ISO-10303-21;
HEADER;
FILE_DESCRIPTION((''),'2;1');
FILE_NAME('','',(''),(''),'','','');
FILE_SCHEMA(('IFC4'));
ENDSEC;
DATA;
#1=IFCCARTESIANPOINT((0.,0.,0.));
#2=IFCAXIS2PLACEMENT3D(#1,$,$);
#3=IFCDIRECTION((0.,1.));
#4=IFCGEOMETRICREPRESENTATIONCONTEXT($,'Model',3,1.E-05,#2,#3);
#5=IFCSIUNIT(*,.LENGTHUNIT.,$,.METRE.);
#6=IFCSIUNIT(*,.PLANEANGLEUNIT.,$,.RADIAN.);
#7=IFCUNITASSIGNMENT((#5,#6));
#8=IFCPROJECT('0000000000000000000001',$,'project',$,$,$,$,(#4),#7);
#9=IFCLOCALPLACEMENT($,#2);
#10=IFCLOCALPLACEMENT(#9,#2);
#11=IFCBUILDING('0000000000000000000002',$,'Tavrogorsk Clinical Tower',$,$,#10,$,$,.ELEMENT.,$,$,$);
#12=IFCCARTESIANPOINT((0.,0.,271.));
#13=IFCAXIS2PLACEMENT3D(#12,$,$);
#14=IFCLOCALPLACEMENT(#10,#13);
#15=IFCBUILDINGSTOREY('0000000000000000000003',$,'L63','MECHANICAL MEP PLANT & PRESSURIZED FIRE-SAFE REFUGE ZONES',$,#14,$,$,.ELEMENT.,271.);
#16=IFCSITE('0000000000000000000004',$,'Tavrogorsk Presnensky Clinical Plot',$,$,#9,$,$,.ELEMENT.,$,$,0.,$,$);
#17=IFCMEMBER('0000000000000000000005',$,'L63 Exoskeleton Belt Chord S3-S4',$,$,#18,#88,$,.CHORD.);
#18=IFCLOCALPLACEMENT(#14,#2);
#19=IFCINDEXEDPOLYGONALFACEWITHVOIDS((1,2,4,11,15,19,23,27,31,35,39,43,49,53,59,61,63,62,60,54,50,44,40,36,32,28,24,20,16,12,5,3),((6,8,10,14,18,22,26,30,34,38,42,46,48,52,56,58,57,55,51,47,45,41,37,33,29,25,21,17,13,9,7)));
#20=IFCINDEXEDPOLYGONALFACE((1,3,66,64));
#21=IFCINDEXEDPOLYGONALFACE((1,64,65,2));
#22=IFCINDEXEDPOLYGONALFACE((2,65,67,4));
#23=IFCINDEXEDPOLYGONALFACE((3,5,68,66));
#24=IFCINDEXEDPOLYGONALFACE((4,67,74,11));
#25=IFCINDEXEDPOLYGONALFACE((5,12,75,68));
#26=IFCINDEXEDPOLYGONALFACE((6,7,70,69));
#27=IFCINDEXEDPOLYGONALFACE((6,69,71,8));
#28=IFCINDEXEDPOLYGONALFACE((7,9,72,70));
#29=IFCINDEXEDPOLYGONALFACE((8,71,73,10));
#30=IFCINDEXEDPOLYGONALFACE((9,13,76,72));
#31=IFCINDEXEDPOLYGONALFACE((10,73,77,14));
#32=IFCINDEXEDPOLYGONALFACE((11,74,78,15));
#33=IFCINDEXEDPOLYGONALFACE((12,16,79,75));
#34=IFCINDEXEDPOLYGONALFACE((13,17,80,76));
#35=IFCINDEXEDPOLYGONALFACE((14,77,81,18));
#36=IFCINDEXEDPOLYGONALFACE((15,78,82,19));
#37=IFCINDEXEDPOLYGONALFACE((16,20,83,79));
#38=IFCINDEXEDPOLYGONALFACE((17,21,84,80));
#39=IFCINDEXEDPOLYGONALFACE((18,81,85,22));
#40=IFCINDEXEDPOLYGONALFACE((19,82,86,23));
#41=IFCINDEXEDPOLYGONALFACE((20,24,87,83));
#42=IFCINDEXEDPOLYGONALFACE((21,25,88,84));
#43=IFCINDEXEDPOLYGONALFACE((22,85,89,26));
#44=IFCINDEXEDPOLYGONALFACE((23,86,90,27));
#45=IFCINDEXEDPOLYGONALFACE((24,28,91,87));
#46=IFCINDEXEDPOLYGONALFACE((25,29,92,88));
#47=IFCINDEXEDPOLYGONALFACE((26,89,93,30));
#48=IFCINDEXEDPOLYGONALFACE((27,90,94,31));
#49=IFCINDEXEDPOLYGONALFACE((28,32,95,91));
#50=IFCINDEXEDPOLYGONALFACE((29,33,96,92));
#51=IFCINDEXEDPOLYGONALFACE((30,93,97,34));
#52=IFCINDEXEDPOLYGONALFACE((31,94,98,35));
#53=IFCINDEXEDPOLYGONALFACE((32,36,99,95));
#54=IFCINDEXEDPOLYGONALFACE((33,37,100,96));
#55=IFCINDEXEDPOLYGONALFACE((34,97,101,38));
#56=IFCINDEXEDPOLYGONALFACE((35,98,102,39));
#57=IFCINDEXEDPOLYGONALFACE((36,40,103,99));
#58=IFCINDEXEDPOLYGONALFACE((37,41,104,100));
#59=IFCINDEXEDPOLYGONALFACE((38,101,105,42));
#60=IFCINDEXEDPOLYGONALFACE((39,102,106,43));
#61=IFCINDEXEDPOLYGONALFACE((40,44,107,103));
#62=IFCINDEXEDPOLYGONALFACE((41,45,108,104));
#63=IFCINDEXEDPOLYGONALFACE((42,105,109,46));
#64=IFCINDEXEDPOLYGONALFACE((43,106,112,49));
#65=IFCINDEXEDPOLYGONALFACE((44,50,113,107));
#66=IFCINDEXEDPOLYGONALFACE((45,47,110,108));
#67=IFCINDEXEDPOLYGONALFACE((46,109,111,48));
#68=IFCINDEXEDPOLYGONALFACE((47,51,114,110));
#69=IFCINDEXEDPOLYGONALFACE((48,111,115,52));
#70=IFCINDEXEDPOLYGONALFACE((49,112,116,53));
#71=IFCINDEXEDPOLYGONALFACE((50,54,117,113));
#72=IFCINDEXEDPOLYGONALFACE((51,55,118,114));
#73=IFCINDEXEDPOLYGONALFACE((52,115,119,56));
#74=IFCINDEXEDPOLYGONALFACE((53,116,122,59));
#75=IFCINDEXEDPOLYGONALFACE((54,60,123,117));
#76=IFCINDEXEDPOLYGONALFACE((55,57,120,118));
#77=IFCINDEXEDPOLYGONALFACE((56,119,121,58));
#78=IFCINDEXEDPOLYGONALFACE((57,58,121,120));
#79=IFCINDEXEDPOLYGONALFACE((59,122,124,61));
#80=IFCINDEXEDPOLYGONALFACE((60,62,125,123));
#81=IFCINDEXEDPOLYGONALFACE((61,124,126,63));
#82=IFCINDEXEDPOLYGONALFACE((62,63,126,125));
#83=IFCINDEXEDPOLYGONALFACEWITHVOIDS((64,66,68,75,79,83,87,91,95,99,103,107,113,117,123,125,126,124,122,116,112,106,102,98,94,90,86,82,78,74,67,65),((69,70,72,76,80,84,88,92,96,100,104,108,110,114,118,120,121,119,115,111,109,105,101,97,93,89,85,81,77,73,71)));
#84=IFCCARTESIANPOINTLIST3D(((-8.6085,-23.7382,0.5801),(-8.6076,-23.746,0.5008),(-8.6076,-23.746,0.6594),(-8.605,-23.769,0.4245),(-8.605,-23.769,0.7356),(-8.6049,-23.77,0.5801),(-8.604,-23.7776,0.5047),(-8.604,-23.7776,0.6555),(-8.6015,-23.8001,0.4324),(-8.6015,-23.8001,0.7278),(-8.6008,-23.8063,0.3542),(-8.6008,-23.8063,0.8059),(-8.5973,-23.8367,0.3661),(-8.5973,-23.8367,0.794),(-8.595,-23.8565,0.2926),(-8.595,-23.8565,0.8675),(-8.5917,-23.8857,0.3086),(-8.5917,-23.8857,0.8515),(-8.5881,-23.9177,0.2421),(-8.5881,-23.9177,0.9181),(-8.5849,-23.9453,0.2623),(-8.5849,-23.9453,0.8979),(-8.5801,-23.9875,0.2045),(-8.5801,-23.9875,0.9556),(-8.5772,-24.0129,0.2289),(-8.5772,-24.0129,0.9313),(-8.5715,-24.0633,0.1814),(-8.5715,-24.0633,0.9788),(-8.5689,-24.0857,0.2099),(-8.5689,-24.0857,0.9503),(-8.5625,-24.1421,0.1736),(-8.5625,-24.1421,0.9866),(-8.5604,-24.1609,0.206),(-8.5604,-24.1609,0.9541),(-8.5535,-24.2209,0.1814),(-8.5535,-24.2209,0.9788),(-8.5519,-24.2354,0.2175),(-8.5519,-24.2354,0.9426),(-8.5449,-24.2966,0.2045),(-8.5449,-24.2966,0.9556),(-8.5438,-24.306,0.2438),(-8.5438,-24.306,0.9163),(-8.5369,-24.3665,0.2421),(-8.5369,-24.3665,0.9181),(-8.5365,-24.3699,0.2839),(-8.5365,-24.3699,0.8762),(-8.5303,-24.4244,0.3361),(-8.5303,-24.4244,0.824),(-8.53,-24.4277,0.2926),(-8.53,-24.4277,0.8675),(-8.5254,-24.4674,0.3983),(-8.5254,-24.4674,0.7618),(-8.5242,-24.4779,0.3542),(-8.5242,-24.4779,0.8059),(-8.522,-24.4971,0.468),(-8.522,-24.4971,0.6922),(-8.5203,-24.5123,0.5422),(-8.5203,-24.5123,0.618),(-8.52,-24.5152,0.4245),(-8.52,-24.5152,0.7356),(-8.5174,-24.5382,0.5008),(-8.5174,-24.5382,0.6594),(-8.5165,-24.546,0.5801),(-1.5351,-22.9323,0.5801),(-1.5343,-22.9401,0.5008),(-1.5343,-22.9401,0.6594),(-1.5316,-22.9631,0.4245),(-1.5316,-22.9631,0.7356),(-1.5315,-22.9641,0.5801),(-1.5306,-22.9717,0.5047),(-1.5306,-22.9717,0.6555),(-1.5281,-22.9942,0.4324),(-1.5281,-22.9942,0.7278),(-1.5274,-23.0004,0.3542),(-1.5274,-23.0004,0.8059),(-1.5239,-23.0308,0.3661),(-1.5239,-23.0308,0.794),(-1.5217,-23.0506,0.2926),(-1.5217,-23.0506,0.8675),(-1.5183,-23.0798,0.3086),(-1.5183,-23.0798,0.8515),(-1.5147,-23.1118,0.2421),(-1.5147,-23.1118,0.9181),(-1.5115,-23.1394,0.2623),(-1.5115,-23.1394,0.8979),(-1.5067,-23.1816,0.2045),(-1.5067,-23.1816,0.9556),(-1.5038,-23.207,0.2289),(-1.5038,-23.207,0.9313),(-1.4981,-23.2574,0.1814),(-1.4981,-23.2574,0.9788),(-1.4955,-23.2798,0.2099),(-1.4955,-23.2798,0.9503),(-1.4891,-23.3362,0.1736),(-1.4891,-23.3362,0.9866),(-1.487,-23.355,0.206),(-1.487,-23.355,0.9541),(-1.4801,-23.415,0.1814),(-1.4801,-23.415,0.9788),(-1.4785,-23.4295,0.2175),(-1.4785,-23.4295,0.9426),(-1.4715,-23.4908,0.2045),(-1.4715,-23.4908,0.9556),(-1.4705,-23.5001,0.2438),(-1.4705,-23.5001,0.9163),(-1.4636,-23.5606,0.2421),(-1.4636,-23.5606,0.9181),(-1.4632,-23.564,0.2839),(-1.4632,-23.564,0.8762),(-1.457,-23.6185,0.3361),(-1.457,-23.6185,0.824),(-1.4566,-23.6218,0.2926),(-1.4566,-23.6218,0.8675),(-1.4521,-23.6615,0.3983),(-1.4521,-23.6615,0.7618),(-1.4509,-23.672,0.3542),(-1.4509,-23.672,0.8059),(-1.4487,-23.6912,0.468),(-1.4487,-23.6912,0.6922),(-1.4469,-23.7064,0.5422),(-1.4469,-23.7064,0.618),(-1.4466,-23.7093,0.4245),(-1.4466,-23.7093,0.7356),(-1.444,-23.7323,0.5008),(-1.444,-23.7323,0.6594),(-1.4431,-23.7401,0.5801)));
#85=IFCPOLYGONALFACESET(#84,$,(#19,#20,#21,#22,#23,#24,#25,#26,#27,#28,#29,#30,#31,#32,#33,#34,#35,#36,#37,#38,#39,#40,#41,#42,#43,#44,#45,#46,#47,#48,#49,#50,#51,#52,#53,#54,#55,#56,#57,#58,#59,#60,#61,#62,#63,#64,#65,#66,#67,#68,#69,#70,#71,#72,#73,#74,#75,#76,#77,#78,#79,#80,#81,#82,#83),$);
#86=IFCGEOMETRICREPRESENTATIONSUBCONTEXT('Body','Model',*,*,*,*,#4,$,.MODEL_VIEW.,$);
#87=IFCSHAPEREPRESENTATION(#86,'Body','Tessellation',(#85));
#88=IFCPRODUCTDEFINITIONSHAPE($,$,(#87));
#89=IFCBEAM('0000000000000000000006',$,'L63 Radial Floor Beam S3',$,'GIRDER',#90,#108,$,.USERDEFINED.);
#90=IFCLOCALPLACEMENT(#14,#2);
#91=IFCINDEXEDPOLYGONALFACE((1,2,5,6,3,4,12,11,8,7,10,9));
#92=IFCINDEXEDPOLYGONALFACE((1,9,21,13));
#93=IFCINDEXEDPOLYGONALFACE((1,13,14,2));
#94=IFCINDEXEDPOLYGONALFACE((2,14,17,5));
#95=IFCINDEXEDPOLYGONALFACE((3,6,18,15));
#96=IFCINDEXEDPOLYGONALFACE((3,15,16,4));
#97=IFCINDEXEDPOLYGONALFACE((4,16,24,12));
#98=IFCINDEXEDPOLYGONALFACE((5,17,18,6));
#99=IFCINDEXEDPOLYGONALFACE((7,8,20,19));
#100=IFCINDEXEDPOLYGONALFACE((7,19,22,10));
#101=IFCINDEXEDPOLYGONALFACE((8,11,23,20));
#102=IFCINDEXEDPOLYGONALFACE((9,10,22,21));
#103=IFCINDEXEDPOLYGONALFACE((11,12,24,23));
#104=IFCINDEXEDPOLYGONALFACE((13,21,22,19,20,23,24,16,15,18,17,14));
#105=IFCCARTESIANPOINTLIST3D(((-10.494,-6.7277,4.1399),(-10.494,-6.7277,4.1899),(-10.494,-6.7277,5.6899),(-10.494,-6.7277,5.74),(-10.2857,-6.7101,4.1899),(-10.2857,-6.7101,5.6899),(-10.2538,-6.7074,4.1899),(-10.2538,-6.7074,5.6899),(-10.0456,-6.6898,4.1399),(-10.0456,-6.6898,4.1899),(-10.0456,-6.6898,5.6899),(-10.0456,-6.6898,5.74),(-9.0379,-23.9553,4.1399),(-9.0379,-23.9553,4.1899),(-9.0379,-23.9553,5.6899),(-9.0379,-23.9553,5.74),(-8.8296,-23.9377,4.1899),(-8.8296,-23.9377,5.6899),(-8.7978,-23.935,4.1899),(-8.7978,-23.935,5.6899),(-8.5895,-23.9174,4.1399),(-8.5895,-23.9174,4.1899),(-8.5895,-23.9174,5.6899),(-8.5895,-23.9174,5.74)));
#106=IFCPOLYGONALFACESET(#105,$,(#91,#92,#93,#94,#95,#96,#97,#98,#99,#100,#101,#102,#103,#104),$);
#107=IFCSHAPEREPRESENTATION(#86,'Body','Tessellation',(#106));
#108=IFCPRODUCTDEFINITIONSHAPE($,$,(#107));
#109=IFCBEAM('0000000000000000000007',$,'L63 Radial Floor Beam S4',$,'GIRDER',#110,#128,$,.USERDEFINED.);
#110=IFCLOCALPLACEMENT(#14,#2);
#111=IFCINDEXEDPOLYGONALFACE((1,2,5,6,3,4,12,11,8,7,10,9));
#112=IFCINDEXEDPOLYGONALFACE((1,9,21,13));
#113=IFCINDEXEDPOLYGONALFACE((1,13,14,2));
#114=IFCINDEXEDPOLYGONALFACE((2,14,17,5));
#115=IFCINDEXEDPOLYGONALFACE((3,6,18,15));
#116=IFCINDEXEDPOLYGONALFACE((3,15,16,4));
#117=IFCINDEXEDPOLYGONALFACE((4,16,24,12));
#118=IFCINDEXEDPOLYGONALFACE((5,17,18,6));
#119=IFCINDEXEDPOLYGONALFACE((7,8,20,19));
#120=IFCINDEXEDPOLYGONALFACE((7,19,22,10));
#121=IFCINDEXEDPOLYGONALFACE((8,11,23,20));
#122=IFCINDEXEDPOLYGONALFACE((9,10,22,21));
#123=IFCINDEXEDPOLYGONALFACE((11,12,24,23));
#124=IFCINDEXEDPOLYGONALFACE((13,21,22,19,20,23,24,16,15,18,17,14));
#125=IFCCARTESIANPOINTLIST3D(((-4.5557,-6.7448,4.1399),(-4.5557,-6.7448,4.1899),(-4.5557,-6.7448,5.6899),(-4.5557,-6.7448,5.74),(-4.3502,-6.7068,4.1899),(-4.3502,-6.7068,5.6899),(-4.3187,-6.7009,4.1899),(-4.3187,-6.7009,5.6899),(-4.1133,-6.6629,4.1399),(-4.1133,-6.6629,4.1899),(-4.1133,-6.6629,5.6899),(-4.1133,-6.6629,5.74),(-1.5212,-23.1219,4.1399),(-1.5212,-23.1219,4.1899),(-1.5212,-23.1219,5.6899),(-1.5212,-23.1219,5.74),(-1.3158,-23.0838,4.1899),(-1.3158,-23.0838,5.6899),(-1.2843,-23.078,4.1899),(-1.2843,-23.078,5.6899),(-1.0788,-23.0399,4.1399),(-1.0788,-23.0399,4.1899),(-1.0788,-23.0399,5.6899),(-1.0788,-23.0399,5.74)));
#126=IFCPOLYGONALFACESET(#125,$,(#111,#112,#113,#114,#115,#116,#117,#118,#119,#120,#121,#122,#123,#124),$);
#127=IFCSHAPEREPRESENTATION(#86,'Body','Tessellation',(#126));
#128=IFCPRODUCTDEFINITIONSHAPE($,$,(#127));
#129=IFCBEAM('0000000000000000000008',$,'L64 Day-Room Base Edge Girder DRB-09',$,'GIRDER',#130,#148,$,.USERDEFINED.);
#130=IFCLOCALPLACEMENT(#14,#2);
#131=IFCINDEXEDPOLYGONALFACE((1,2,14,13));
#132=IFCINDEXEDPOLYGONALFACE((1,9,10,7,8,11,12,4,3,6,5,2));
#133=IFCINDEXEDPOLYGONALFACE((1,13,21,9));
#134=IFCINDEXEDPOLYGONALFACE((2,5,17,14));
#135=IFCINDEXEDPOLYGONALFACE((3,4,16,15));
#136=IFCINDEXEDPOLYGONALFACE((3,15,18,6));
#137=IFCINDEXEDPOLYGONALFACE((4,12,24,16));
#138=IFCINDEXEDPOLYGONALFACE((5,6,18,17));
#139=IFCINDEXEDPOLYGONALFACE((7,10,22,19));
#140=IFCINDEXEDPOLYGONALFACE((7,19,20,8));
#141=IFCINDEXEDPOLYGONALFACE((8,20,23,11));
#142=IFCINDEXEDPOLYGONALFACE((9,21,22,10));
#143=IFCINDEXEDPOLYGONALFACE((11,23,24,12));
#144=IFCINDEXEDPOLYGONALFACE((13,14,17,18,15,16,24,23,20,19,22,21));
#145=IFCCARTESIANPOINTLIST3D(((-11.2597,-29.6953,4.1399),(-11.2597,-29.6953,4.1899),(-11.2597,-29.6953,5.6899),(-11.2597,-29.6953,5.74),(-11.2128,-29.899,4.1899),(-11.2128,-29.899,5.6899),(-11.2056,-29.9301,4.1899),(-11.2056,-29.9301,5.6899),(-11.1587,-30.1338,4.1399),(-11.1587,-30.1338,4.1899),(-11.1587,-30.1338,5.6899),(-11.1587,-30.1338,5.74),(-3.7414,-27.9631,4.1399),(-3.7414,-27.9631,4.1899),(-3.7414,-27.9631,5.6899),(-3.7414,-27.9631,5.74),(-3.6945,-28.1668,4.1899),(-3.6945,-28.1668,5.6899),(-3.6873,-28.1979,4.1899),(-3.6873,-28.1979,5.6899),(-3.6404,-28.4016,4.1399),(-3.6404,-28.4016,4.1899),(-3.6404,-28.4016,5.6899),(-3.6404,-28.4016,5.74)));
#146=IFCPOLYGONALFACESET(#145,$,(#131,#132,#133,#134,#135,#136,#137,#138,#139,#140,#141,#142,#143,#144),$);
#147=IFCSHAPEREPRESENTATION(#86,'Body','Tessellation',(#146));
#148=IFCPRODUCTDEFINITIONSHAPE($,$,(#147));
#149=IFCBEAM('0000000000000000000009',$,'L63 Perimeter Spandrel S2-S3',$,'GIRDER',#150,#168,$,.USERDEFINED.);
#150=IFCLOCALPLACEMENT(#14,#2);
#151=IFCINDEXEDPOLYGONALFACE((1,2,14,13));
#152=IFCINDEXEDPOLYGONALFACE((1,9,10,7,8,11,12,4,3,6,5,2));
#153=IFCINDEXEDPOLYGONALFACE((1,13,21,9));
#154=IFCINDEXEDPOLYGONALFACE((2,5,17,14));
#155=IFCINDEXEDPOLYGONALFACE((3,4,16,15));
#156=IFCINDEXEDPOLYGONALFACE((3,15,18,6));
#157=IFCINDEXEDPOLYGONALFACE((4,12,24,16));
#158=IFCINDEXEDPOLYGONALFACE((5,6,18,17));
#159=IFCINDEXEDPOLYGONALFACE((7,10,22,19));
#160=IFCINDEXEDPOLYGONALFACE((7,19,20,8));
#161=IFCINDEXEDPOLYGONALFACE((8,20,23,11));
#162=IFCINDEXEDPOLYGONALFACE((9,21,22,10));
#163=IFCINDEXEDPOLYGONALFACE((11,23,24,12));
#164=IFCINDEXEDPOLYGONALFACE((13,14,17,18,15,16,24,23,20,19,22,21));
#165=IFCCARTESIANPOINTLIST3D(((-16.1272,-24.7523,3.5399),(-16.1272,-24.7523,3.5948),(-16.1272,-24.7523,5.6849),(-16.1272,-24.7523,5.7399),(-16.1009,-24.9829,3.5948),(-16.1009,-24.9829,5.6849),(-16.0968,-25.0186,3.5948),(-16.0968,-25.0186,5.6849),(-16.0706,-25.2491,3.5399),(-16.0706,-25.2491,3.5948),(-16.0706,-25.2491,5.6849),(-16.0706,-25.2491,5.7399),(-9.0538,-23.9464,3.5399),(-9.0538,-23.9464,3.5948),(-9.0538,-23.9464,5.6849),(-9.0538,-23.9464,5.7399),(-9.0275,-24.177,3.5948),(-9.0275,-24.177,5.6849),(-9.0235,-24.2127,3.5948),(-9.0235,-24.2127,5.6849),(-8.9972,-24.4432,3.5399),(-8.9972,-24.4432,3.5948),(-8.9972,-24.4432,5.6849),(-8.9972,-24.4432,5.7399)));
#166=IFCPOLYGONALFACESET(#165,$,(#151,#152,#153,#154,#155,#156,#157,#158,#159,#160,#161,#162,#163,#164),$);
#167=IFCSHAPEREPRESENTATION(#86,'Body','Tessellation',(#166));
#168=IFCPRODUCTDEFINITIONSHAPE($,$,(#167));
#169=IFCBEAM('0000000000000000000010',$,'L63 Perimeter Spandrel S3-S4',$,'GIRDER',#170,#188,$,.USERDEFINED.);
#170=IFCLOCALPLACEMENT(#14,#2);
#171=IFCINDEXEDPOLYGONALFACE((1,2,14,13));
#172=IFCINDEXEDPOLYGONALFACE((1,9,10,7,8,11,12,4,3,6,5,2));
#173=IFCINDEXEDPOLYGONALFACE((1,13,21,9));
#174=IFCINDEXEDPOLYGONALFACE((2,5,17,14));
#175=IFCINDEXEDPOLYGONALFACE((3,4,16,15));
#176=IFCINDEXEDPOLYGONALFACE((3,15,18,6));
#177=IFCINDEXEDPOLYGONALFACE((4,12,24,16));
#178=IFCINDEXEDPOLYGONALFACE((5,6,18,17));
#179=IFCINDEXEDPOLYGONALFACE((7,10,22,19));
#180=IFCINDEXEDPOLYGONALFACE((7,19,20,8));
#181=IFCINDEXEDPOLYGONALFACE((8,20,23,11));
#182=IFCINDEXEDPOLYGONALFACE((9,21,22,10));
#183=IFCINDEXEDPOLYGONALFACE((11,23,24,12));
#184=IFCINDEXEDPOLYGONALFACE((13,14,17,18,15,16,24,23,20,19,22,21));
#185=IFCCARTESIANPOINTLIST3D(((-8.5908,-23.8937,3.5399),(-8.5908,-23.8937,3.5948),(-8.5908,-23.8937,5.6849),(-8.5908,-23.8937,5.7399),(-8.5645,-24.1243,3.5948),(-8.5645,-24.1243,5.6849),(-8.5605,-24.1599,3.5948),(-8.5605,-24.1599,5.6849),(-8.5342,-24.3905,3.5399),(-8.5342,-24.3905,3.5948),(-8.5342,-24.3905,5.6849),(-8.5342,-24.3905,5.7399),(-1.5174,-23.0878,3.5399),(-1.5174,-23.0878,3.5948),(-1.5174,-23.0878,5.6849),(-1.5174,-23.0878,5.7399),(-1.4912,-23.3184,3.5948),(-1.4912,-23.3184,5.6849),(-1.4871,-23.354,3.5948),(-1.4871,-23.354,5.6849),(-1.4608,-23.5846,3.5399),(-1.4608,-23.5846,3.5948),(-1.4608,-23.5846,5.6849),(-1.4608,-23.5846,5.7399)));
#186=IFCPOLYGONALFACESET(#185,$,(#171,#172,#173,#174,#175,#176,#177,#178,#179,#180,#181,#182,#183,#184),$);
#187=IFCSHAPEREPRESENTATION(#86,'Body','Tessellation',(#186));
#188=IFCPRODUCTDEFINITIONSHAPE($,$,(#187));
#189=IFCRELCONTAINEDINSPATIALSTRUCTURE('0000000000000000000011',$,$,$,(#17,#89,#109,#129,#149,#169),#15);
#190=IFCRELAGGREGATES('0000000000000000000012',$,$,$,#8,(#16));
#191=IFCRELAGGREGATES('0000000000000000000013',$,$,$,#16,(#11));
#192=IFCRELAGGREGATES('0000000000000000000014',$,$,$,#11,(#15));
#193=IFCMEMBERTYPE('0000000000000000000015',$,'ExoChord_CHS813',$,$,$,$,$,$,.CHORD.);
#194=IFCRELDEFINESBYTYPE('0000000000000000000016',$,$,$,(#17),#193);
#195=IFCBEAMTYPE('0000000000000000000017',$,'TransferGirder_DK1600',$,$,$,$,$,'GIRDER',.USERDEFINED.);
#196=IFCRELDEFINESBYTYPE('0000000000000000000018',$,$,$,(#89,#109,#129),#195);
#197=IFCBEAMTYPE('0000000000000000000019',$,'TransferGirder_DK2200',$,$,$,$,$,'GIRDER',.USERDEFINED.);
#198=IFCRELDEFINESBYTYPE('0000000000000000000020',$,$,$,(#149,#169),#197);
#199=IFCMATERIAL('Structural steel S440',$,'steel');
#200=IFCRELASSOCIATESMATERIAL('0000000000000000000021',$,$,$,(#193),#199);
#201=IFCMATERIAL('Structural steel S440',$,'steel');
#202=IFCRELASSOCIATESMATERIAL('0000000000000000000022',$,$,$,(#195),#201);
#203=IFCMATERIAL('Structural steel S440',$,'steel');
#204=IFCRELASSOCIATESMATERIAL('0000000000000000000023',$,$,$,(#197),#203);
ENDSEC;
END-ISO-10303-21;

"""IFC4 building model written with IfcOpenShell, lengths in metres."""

from ifc_helpers import new_model, si_unit, direction, frame, origin, origin_2d, place, context, subcontext, project, spatial, hollow_circle, i_section, extrude, material, material_profile, profile_set, type_object, element, save


model = new_model("IFC4")

# Units and contexts
model_context = context("Model", 3, precision=1e-05, world=origin(), true_north=direction((0.0, 1.0)))
body_context = subcontext(model_context, "Body", "Model", "MODEL_VIEW")
ifc_project = project(units=[si_unit("LENGTHUNIT", "METRE"), si_unit("PLANEANGLEUNIT", "RADIAN")], contexts=[model_context])

# Site, building, storey
site_placement = place(None, origin())
site = spatial("IfcSite", under=ifc_project, at=site_placement, Name="Tavrogorsk Presnensky Clinical Plot", CompositionType="ELEMENT", RefElevation=0.0)
building_placement = place(site_placement, origin())
building = spatial("IfcBuilding", under=site, at=building_placement, Name="Tavrogorsk Clinical Tower", CompositionType="ELEMENT")
storey_placement = place(building_placement, frame((0.0, 0.0, 271.0)))
storey = spatial("IfcBuildingStorey", under=building, at=storey_placement, Name="L63", Description="MECHANICAL MEP PLANT & PRESSURIZED FIRE-SAFE REFUGE ZONES", CompositionType="ELEMENT", Elevation=271.0)

# Member
ifc_material_1 = material(Name="Structural steel S440", Category="steel")
ifc_material_profile_1 = material_profile(ifc_material_1, hollow_circle(Radius=0.4065, WallThickness=0.032, at=origin_2d()), Name="CHS-813x32")
ifc_profile_set_1 = profile_set([ifc_material_profile_1], Name="Structural steel S440")
member_type_1 = type_object("IfcMemberType", Name="ExoChord_CHS813", PredefinedType="CHORD", material=ifc_profile_set_1)
for number, where, z_axis, x_axis, name in (
    (1, (-8.5625, -24.1421, 0.5801), (0.993572, 0.113201, 0.0), (-0.113201, 0.993572, 0.0), "L63 Exoskeleton Belt Chord S3-S4"),
):
    element("IfcMember", number, at=place(storey_placement, frame(where, z_axis=z_axis, x_axis=x_axis)), inside=storey, type_object=member_type_1, Name=name, PredefinedType="CHORD", context=body_context, shape_type="SweptSolid", body=[
        extrude(hollow_circle(Radius=0.4065, WallThickness=0.032, at=origin_2d()), origin(), (0.0, 0.0, 1.0), 7.1191),
    ])

# Beams
ifc_material_2 = material(Name="Structural steel S440", Category="steel")
ifc_material_profile_2 = material_profile(ifc_material_2, i_section(OverallWidth=0.45, OverallDepth=1.6001, WebThickness=0.032, FlangeThickness=0.05, at=origin_2d()), Name="DK-1600x450x32x50")
ifc_profile_set_2 = profile_set([ifc_material_profile_2], Name="Structural steel S440")
beam_type_1 = type_object("IfcBeamType", Name="TransferGirder_DK1600", ElementType="GIRDER", PredefinedType="USERDEFINED", material=ifc_profile_set_2)
beam_1_placement = place(storey_placement, frame((-10.2698, -6.7087, 4.9399), z_axis=(0.084219, -0.996447, 0.0), x_axis=(0.996447, 0.084219, 0.0)))
element("IfcBeam", 2, at=beam_1_placement, inside=storey, type_object=beam_type_1, Name="L63 Radial Floor Beam S3", ObjectType="GIRDER", PredefinedType="USERDEFINED", context=body_context, shape_type="SweptSolid", body=[
    extrude(i_section(OverallWidth=0.45, OverallDepth=1.6001, WebThickness=0.032, FlangeThickness=0.05, at=origin_2d()), origin(), (0.0, 0.0, 1.0), 17.2891),
])
beam_2_placement = place(storey_placement, frame((-4.3345, -6.7039, 4.9399), z_axis=(0.182185, -0.983264, 0.0), x_axis=(0.983264, 0.182185, 0.0)))
element("IfcBeam", 3, at=beam_2_placement, inside=storey, type_object=beam_type_1, Name="L63 Radial Floor Beam S4", ObjectType="GIRDER", PredefinedType="USERDEFINED", context=body_context, shape_type="SweptSolid", body=[
    extrude(i_section(OverallWidth=0.45, OverallDepth=1.6001, WebThickness=0.032, FlangeThickness=0.05, at=origin_2d()), origin(), (0.0, 0.0, 1.0), 16.6558),
])
beam_3_placement = place(storey_placement, frame((-11.2092, -29.9146, 4.9399), z_axis=(0.974471, 0.224513, 0.0), x_axis=(-0.224513, 0.974471, 0.0)))
element("IfcBeam", 4, at=beam_3_placement, inside=storey, type_object=beam_type_1, Name="L64 Day-Room Base Edge Girder DRB-09", ObjectType="GIRDER", PredefinedType="USERDEFINED", context=body_context, shape_type="SweptSolid", body=[
    extrude(i_section(OverallWidth=0.45, OverallDepth=1.6001, WebThickness=0.032, FlangeThickness=0.05, at=origin_2d()), origin(), (0.0, 0.0, 1.0), 7.7153),
])
ifc_material_3 = material(Name="Structural steel S440", Category="steel")
ifc_material_profile_3 = material_profile(ifc_material_3, i_section(OverallWidth=0.5, OverallDepth=2.2, WebThickness=0.0359, FlangeThickness=0.0549, at=origin_2d()), Name="DK-2200x500x36x55")
ifc_profile_set_3 = profile_set([ifc_material_profile_3], Name="Structural steel S440")
beam_type_2 = type_object("IfcBeamType", Name="TransferGirder_DK2200", ElementType="GIRDER", PredefinedType="USERDEFINED", material=ifc_profile_set_3)
for number, where, z_axis, x_axis, name in (
    (5, (-16.0989, -25.0007, 4.6399), (0.993572, 0.113201, 0.0), (-0.113201, 0.993572, 0.0), "L63 Perimeter Spandrel S2-S3"),
    (6, (-8.5625, -24.1421, 4.6399), (0.993572, 0.113201, 0.0), (-0.113201, 0.993572, 0.0), "L63 Perimeter Spandrel S3-S4"),
):
    element("IfcBeam", number, at=place(storey_placement, frame(where, z_axis=z_axis, x_axis=x_axis)), inside=storey, type_object=beam_type_2, Name=name, ObjectType="GIRDER", PredefinedType="USERDEFINED", context=body_context, shape_type="SweptSolid", body=[
        extrude(i_section(OverallWidth=0.5, OverallDepth=2.2, WebThickness=0.0359, FlangeThickness=0.0549, at=origin_2d()), origin(), (0.0, 0.0, 1.0), 7.1191),
    ])

save(model, "model.ifc")
